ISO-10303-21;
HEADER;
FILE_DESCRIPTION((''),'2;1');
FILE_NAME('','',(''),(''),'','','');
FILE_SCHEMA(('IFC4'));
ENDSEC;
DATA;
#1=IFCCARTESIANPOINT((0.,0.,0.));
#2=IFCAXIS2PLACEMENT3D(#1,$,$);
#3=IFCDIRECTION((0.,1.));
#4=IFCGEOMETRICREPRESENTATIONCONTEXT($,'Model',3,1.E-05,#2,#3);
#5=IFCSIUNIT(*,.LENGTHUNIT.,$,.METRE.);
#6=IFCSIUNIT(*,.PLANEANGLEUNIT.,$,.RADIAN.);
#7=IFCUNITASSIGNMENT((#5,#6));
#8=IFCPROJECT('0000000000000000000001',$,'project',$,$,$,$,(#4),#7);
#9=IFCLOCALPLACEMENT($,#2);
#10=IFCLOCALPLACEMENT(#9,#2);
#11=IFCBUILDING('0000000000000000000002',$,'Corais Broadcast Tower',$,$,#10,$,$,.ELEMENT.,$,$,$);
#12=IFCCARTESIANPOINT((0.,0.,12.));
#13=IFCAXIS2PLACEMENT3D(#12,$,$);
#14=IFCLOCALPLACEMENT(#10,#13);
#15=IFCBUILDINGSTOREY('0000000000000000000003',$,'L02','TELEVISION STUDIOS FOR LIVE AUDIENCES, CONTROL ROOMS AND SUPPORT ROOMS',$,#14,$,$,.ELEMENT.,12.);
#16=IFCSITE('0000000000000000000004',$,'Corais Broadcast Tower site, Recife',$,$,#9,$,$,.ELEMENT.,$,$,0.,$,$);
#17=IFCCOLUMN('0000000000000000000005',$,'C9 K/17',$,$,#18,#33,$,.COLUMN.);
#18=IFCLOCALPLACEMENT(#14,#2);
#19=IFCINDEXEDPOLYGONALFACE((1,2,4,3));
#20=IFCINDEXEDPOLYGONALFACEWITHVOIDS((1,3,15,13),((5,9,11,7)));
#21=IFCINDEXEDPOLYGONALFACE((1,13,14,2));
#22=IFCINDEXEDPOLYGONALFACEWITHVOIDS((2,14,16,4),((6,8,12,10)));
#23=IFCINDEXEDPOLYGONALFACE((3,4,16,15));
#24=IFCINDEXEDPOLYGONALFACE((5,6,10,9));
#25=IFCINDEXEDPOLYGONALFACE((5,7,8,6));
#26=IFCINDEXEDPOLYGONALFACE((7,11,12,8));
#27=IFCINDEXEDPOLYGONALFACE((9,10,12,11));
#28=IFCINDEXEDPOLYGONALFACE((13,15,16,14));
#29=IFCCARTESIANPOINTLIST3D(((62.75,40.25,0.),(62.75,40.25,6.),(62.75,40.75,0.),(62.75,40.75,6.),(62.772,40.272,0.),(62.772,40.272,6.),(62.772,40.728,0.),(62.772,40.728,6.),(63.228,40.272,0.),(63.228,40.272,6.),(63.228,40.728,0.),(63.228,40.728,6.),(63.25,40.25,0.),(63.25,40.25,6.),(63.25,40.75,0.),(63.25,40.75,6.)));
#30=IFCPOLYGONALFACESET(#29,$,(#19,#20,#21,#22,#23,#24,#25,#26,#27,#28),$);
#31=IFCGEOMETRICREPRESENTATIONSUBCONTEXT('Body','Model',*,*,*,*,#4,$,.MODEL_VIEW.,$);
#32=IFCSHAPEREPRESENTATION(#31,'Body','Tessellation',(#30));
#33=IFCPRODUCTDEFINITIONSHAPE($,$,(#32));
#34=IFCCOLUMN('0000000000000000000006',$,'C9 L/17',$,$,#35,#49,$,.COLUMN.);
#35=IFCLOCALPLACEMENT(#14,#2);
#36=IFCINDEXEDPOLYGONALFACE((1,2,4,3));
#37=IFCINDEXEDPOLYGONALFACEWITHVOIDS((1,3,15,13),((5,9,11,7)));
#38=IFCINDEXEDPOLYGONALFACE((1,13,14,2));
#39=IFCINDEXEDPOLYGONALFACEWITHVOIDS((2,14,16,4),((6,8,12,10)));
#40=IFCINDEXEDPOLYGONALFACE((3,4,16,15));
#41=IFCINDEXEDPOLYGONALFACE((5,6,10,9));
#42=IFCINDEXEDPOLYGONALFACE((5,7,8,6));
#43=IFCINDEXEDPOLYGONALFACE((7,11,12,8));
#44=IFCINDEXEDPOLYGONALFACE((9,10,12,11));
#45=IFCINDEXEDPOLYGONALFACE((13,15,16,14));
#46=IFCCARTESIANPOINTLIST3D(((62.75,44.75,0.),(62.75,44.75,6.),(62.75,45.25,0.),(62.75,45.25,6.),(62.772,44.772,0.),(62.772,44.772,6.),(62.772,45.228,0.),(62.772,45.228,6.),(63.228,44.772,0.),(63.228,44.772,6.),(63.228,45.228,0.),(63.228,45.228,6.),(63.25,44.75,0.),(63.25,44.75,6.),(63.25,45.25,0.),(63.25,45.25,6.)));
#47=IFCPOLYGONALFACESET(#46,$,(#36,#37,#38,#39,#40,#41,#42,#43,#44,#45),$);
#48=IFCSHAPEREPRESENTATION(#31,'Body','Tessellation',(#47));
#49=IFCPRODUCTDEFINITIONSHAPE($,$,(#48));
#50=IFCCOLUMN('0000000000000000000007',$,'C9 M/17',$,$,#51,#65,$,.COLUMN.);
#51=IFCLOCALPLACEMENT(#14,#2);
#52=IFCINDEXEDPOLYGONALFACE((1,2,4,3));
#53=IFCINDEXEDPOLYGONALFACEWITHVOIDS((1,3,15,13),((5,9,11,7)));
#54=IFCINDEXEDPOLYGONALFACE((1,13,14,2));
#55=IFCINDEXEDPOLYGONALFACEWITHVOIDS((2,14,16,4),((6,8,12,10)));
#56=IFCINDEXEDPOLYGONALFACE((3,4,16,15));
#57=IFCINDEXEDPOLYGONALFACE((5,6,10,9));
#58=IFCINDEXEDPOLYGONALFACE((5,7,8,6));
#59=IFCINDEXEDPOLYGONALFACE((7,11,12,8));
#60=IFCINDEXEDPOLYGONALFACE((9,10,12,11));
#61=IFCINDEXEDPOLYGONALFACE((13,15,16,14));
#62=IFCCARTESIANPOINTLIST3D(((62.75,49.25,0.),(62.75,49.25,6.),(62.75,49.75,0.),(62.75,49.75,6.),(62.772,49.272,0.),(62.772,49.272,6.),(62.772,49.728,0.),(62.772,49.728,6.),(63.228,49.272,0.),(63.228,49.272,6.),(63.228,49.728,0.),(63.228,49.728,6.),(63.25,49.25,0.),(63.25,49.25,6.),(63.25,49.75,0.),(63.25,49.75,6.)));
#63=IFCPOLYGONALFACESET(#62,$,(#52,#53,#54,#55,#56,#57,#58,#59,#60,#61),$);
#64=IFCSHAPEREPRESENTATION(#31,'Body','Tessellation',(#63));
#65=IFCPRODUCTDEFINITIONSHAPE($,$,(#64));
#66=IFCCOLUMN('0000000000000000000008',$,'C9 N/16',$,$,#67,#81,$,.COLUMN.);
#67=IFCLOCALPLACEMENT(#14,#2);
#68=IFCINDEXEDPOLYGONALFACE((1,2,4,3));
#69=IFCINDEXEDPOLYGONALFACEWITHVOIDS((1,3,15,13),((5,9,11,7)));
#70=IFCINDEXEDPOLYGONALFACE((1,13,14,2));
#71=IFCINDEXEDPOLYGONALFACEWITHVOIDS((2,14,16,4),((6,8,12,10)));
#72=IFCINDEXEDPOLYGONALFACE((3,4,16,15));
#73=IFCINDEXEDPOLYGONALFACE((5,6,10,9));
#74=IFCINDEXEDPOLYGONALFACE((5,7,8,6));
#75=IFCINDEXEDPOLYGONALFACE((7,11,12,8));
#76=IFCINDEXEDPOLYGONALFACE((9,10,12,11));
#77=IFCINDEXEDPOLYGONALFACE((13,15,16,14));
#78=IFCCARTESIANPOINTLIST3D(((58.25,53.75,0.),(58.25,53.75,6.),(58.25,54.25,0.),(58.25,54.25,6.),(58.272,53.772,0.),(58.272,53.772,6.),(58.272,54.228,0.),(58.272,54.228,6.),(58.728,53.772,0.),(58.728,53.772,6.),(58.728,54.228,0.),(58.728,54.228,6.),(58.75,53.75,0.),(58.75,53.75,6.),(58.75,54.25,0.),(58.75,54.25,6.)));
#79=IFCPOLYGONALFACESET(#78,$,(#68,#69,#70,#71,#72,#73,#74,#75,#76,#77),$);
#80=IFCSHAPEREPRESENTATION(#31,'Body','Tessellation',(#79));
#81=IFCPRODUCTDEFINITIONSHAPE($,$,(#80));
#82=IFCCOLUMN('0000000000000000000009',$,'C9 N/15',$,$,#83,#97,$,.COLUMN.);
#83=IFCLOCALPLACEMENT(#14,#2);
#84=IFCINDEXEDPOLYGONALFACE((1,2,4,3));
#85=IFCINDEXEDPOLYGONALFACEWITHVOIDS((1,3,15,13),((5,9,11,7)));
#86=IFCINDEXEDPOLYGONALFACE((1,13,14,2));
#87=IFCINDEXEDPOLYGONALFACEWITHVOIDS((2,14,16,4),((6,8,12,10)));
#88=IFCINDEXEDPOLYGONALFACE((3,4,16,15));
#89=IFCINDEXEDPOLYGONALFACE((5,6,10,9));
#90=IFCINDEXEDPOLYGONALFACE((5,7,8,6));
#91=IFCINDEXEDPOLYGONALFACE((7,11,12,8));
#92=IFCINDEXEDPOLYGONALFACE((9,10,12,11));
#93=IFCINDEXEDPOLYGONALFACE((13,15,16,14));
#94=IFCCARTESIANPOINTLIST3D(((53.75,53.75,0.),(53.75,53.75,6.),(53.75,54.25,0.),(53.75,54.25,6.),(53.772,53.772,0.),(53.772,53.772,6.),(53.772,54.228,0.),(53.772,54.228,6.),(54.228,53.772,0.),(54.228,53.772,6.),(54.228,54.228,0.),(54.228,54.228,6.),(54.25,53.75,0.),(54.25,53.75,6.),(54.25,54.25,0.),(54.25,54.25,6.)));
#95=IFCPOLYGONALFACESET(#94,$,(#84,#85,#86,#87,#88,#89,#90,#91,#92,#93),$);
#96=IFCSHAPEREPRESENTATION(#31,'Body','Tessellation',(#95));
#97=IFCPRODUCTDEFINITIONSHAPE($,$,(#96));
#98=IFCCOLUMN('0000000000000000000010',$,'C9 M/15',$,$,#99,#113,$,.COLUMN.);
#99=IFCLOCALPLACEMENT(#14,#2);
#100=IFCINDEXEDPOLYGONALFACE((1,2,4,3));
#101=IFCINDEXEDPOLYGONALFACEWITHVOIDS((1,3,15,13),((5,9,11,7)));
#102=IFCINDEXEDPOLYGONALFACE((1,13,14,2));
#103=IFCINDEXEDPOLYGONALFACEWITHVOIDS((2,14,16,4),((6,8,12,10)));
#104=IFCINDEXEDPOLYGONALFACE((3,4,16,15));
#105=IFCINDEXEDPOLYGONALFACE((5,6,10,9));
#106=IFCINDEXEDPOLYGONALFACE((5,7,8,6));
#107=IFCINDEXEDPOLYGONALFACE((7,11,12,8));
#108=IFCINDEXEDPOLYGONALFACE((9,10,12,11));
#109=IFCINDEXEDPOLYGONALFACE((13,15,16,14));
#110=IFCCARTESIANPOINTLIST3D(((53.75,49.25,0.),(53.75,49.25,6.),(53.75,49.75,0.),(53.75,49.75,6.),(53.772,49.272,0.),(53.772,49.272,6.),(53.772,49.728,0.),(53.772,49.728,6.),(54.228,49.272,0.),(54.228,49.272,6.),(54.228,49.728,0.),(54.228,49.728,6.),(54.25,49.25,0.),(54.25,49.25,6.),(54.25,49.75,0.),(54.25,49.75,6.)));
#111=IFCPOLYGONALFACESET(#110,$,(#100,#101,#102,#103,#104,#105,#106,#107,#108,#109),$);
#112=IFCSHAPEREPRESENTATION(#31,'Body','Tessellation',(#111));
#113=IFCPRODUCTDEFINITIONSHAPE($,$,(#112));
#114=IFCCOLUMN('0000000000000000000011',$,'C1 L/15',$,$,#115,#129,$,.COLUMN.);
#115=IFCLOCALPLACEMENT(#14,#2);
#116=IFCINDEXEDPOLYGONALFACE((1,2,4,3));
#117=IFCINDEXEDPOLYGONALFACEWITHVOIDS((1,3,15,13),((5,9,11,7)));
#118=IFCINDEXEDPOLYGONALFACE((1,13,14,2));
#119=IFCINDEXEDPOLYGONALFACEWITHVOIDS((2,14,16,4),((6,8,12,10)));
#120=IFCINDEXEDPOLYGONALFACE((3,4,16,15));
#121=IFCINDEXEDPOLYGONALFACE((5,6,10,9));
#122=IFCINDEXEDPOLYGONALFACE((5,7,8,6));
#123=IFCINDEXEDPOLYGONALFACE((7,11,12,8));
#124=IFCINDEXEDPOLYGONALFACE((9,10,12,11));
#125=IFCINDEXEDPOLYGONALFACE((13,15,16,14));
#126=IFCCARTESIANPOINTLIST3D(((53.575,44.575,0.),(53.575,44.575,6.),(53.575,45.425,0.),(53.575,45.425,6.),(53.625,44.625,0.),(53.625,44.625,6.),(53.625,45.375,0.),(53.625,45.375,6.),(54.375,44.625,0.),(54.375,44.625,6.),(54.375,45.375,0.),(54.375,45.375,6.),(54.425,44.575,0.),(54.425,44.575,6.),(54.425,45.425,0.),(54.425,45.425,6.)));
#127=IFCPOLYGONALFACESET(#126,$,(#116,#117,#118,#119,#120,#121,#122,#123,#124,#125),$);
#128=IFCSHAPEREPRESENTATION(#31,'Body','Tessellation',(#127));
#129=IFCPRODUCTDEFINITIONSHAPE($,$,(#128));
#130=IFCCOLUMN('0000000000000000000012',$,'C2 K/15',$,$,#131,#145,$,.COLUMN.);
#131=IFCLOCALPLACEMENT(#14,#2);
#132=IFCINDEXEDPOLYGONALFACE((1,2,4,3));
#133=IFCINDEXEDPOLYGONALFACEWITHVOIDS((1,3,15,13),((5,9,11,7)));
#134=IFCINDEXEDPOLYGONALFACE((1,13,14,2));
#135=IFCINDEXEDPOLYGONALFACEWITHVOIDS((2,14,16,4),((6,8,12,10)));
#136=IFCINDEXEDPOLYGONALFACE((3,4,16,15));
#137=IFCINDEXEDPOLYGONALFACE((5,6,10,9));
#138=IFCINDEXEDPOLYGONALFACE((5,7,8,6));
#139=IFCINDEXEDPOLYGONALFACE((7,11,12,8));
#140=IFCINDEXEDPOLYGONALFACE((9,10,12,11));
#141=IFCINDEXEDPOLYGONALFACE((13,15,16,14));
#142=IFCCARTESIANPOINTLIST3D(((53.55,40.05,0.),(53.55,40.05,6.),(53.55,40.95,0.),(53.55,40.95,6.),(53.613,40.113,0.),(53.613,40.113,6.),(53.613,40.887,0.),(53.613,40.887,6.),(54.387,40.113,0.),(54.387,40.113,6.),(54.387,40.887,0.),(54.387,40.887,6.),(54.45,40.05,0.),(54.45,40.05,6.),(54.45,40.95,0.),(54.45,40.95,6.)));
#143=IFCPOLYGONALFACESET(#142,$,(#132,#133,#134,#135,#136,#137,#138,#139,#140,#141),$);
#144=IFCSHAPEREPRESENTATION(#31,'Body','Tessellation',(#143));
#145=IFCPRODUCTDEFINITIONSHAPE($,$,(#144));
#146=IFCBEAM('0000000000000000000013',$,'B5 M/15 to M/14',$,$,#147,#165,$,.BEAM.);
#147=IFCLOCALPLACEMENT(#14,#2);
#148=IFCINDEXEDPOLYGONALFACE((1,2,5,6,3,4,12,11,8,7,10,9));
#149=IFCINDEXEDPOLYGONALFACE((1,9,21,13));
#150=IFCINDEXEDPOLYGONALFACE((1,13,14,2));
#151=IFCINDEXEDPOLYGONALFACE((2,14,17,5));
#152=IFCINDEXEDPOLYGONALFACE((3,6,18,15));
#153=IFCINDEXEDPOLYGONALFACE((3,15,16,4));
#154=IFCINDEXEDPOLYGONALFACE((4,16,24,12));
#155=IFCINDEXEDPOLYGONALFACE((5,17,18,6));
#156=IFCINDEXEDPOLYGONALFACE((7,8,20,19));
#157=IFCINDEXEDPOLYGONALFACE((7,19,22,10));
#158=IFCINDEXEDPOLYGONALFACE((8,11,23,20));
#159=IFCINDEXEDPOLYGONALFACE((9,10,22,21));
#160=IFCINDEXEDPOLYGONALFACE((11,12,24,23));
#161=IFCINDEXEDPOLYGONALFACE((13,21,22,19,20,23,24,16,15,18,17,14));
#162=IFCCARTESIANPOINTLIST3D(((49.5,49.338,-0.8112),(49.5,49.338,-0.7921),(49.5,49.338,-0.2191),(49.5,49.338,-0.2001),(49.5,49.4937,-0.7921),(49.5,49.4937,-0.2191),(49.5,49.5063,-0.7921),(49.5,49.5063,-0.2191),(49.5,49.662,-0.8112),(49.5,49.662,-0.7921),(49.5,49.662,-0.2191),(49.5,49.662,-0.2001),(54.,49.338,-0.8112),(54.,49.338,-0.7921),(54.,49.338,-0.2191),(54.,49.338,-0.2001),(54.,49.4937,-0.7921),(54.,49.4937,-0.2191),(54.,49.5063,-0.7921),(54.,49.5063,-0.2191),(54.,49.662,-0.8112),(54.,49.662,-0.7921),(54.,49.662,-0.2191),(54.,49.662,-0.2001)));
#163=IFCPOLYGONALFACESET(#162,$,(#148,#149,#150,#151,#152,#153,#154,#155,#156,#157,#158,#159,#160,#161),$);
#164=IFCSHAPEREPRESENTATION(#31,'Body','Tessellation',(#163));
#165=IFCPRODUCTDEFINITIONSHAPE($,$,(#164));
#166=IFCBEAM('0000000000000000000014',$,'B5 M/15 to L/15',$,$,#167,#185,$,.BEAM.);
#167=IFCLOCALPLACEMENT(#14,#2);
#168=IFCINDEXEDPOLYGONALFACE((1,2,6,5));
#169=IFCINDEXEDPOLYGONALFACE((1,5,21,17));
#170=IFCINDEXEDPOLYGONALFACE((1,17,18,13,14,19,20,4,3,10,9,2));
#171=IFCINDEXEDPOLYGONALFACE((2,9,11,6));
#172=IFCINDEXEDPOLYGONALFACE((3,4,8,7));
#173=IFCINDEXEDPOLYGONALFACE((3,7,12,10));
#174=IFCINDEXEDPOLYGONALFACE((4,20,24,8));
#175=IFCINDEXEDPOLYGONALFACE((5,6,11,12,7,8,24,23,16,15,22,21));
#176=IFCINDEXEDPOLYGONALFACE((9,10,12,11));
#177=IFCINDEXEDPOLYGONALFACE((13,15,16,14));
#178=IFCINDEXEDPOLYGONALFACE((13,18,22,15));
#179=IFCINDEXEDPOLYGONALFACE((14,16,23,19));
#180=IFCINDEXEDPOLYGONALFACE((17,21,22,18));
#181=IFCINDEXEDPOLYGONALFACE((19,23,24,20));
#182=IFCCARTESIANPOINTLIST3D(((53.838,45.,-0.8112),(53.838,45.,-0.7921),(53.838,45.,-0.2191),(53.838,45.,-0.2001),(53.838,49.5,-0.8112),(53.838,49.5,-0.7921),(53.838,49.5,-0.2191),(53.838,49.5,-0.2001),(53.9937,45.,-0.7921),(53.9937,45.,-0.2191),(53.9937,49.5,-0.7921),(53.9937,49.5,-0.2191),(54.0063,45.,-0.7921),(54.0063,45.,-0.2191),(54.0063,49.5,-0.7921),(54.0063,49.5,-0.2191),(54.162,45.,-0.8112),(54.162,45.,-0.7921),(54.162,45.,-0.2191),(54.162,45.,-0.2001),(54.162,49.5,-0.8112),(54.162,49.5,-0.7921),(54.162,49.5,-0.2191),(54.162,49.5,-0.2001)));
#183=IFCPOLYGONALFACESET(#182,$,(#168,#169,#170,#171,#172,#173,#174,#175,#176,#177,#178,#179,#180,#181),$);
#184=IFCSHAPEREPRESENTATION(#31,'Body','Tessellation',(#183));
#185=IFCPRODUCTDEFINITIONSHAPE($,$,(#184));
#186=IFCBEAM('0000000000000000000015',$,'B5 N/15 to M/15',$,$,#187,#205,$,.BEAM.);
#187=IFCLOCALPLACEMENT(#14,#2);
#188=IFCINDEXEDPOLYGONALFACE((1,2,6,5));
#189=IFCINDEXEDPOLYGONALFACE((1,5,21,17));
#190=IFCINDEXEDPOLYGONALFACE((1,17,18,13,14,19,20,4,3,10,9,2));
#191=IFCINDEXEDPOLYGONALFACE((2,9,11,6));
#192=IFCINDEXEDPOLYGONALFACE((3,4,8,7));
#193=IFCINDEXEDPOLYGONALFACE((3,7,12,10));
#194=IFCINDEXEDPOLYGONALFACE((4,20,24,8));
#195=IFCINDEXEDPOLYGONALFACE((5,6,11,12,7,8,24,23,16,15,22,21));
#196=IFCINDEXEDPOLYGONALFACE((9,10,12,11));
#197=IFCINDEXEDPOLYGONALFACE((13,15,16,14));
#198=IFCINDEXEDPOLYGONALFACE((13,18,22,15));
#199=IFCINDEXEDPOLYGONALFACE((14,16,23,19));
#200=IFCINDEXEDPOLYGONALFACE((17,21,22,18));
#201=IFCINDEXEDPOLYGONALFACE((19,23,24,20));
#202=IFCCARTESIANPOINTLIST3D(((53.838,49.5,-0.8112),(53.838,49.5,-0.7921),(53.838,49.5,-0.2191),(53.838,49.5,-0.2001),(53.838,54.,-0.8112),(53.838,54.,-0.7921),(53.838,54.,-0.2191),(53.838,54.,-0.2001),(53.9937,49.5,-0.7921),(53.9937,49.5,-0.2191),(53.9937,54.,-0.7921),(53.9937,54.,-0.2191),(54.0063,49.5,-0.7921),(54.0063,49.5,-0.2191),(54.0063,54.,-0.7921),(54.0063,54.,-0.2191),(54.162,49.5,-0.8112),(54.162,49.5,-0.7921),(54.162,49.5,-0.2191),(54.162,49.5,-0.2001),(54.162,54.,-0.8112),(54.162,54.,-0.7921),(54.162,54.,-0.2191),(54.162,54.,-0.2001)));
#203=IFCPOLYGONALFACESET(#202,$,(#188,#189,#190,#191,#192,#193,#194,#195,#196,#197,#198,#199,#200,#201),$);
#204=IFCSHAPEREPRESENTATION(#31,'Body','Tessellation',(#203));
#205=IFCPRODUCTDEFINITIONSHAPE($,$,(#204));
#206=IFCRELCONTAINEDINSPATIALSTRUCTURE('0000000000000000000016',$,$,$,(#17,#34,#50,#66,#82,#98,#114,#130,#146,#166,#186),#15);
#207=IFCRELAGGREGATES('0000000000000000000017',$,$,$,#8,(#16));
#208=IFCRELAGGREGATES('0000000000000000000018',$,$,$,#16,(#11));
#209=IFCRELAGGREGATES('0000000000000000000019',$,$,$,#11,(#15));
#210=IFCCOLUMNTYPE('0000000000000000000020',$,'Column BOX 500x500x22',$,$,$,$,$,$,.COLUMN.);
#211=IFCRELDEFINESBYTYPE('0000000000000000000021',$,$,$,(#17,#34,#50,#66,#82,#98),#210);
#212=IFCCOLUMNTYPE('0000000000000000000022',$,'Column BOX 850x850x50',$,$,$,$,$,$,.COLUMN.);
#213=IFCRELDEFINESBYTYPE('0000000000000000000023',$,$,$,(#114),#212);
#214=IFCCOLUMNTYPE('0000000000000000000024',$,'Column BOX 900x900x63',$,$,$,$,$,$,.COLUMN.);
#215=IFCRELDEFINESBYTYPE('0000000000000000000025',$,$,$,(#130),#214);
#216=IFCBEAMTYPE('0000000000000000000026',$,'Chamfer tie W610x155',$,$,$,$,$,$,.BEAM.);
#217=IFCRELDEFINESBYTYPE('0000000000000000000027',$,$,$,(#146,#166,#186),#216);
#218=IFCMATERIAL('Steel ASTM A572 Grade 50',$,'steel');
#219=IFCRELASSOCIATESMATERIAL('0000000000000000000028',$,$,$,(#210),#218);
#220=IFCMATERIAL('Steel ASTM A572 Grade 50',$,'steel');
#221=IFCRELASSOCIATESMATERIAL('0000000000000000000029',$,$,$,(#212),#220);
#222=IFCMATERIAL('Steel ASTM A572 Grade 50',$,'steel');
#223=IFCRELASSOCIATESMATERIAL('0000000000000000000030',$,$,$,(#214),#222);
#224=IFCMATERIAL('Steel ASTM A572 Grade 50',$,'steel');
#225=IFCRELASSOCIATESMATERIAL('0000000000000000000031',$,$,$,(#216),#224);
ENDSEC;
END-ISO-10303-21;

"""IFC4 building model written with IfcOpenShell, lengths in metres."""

from ifc_helpers import new_model, si_unit, direction, frame, origin, origin_2d, place, context, subcontext, project, spatial, hollow_rectangle, i_section, extrude, material, material_profile, profile_set, type_object, element, save


model = new_model("IFC4")

# Units and contexts
model_context = context("Model", 3, precision=1e-05, world=origin(), true_north=direction((0.0, 1.0)))
body_context = subcontext(model_context, "Body", "Model", "MODEL_VIEW")
ifc_project = project(units=[si_unit("LENGTHUNIT", "METRE"), si_unit("PLANEANGLEUNIT", "RADIAN")], contexts=[model_context])

# Site, building, storey
site_placement = place(None, origin())
site = spatial("IfcSite", under=ifc_project, at=site_placement, Name="Corais Broadcast Tower site, Recife", CompositionType="ELEMENT", RefElevation=0.0)
building_placement = place(site_placement, origin())
building = spatial("IfcBuilding", under=site, at=building_placement, Name="Corais Broadcast Tower", CompositionType="ELEMENT")
storey_placement = place(building_placement, frame((0.0, 0.0, 12.0)))
storey = spatial("IfcBuildingStorey", under=building, at=storey_placement, Name="L02", Description="TELEVISION STUDIOS FOR LIVE AUDIENCES, CONTROL ROOMS AND SUPPORT ROOMS", CompositionType="ELEMENT", Elevation=12.0)

# Columns
ifc_material_1 = material(Name="Steel ASTM A572 Grade 50", Category="steel")
ifc_material_profile_1 = material_profile(ifc_material_1, hollow_rectangle(XDim=0.5, YDim=0.5, WallThickness=0.022, at=origin_2d()), Name="BOX 500x500x22")
ifc_profile_set_1 = profile_set([ifc_material_profile_1], Name="Steel ASTM A572 Grade 50")
column_type_1 = type_object("IfcColumnType", Name="Column BOX 500x500x22", PredefinedType="COLUMN", material=ifc_profile_set_1)
for number, where, z_axis, x_axis, name in (
    (1, (63.0, 40.5, 0.0), (0.0, 0.0, 1.0), (1.0, 0.0, 0.0), "C9 K/17"),
    (2, (63.0, 45.0, 0.0), (0.0, 0.0, 1.0), (1.0, 0.0, 0.0), "C9 L/17"),
    (3, (63.0, 49.5, 0.0), (0.0, 0.0, 1.0), (1.0, 0.0, 0.0), "C9 M/17"),
    (4, (58.5, 54.0, 0.0), (0.0, 0.0, 1.0), (1.0, 0.0, 0.0), "C9 N/16"),
    (5, (54.0, 54.0, 0.0), (0.0, 0.0, 1.0), (1.0, 0.0, 0.0), "C9 N/15"),
    (6, (54.0, 49.5, 0.0), (0.0, 0.0, 1.0), (1.0, 0.0, 0.0), "C9 M/15"),
):
    element("IfcColumn", number, at=place(storey_placement, frame(where, z_axis=z_axis, x_axis=x_axis)), inside=storey, type_object=column_type_1, Name=name, PredefinedType="COLUMN", context=body_context, shape_type="SweptSolid", body=[
        extrude(hollow_rectangle(XDim=0.5, YDim=0.5, WallThickness=0.022, at=origin_2d()), origin(), (0.0, 0.0, 1.0), 6.0),
    ])
ifc_material_2 = material(Name="Steel ASTM A572 Grade 50", Category="steel")
ifc_material_profile_2 = material_profile(ifc_material_2, hollow_rectangle(XDim=0.8501, YDim=0.8501, WallThickness=0.05, at=origin_2d()), Name="BOX 850x850x50")
ifc_profile_set_2 = profile_set([ifc_material_profile_2], Name="Steel ASTM A572 Grade 50")
column_type_2 = type_object("IfcColumnType", Name="Column BOX 850x850x50", PredefinedType="COLUMN", material=ifc_profile_set_2)
column_1_placement = place(storey_placement, frame((54.0, 45.0, 0.0), z_axis=(0.0, 0.0, 1.0), x_axis=(1.0, 0.0, 0.0)))
element("IfcColumn", 7, at=column_1_placement, inside=storey, type_object=column_type_2, Name="C1 L/15", PredefinedType="COLUMN", context=body_context, shape_type="SweptSolid", body=[
    extrude(hollow_rectangle(XDim=0.8501, YDim=0.8501, WallThickness=0.05, at=origin_2d()), origin(), (0.0, 0.0, 1.0), 6.0),
])
ifc_material_3 = material(Name="Steel ASTM A572 Grade 50", Category="steel")
ifc_material_profile_3 = material_profile(ifc_material_3, hollow_rectangle(XDim=0.8999, YDim=0.8999, WallThickness=0.063, at=origin_2d()), Name="BOX 900x900x63")
ifc_profile_set_3 = profile_set([ifc_material_profile_3], Name="Steel ASTM A572 Grade 50")
column_type_3 = type_object("IfcColumnType", Name="Column BOX 900x900x63", PredefinedType="COLUMN", material=ifc_profile_set_3)
column_2_placement = place(storey_placement, frame((54.0, 40.5, 0.0), z_axis=(0.0, 0.0, 1.0), x_axis=(1.0, 0.0, 0.0)))
element("IfcColumn", 8, at=column_2_placement, inside=storey, type_object=column_type_3, Name="C2 K/15", PredefinedType="COLUMN", context=body_context, shape_type="SweptSolid", body=[
    extrude(hollow_rectangle(XDim=0.8999, YDim=0.8999, WallThickness=0.063, at=origin_2d()), origin(), (0.0, 0.0, 1.0), 6.0),
])

# Beams
ifc_material_4 = material(Name="Steel ASTM A572 Grade 50", Category="steel")
ifc_material_profile_4 = material_profile(ifc_material_4, i_section(OverallWidth=0.324, OverallDepth=0.6111, WebThickness=0.0127, FlangeThickness=0.019, at=origin_2d()), Name="W610x155")
ifc_profile_set_4 = profile_set([ifc_material_profile_4], Name="Steel ASTM A572 Grade 50")
beam_type_1 = type_object("IfcBeamType", Name="Chamfer tie W610x155", PredefinedType="BEAM", material=ifc_profile_set_4)
for number, where, z_axis, x_axis, name in (
    (9, (54.0, 49.5, -0.5056), (-1.0, 0.0, 0.0), (0.0, -1.0, 0.0), "B5 M/15 to M/14"),
    (10, (54.0, 49.5, -0.5056), (0.0, -1.0, 0.0), (1.0, 0.0, 0.0), "B5 M/15 to L/15"),
    (11, (54.0, 54.0, -0.5056), (0.0, -1.0, 0.0), (1.0, 0.0, 0.0), "B5 N/15 to M/15"),
):
    element("IfcBeam", number, at=place(storey_placement, frame(where, z_axis=z_axis, x_axis=x_axis)), inside=storey, type_object=beam_type_1, Name=name, PredefinedType="BEAM", context=body_context, shape_type="SweptSolid", body=[
        extrude(i_section(OverallWidth=0.324, OverallDepth=0.6111, WebThickness=0.0127, FlangeThickness=0.019, at=origin_2d()), origin(), (0.0, 0.0, 1.0), 4.5),
    ])

save(model, "model.ifc")
